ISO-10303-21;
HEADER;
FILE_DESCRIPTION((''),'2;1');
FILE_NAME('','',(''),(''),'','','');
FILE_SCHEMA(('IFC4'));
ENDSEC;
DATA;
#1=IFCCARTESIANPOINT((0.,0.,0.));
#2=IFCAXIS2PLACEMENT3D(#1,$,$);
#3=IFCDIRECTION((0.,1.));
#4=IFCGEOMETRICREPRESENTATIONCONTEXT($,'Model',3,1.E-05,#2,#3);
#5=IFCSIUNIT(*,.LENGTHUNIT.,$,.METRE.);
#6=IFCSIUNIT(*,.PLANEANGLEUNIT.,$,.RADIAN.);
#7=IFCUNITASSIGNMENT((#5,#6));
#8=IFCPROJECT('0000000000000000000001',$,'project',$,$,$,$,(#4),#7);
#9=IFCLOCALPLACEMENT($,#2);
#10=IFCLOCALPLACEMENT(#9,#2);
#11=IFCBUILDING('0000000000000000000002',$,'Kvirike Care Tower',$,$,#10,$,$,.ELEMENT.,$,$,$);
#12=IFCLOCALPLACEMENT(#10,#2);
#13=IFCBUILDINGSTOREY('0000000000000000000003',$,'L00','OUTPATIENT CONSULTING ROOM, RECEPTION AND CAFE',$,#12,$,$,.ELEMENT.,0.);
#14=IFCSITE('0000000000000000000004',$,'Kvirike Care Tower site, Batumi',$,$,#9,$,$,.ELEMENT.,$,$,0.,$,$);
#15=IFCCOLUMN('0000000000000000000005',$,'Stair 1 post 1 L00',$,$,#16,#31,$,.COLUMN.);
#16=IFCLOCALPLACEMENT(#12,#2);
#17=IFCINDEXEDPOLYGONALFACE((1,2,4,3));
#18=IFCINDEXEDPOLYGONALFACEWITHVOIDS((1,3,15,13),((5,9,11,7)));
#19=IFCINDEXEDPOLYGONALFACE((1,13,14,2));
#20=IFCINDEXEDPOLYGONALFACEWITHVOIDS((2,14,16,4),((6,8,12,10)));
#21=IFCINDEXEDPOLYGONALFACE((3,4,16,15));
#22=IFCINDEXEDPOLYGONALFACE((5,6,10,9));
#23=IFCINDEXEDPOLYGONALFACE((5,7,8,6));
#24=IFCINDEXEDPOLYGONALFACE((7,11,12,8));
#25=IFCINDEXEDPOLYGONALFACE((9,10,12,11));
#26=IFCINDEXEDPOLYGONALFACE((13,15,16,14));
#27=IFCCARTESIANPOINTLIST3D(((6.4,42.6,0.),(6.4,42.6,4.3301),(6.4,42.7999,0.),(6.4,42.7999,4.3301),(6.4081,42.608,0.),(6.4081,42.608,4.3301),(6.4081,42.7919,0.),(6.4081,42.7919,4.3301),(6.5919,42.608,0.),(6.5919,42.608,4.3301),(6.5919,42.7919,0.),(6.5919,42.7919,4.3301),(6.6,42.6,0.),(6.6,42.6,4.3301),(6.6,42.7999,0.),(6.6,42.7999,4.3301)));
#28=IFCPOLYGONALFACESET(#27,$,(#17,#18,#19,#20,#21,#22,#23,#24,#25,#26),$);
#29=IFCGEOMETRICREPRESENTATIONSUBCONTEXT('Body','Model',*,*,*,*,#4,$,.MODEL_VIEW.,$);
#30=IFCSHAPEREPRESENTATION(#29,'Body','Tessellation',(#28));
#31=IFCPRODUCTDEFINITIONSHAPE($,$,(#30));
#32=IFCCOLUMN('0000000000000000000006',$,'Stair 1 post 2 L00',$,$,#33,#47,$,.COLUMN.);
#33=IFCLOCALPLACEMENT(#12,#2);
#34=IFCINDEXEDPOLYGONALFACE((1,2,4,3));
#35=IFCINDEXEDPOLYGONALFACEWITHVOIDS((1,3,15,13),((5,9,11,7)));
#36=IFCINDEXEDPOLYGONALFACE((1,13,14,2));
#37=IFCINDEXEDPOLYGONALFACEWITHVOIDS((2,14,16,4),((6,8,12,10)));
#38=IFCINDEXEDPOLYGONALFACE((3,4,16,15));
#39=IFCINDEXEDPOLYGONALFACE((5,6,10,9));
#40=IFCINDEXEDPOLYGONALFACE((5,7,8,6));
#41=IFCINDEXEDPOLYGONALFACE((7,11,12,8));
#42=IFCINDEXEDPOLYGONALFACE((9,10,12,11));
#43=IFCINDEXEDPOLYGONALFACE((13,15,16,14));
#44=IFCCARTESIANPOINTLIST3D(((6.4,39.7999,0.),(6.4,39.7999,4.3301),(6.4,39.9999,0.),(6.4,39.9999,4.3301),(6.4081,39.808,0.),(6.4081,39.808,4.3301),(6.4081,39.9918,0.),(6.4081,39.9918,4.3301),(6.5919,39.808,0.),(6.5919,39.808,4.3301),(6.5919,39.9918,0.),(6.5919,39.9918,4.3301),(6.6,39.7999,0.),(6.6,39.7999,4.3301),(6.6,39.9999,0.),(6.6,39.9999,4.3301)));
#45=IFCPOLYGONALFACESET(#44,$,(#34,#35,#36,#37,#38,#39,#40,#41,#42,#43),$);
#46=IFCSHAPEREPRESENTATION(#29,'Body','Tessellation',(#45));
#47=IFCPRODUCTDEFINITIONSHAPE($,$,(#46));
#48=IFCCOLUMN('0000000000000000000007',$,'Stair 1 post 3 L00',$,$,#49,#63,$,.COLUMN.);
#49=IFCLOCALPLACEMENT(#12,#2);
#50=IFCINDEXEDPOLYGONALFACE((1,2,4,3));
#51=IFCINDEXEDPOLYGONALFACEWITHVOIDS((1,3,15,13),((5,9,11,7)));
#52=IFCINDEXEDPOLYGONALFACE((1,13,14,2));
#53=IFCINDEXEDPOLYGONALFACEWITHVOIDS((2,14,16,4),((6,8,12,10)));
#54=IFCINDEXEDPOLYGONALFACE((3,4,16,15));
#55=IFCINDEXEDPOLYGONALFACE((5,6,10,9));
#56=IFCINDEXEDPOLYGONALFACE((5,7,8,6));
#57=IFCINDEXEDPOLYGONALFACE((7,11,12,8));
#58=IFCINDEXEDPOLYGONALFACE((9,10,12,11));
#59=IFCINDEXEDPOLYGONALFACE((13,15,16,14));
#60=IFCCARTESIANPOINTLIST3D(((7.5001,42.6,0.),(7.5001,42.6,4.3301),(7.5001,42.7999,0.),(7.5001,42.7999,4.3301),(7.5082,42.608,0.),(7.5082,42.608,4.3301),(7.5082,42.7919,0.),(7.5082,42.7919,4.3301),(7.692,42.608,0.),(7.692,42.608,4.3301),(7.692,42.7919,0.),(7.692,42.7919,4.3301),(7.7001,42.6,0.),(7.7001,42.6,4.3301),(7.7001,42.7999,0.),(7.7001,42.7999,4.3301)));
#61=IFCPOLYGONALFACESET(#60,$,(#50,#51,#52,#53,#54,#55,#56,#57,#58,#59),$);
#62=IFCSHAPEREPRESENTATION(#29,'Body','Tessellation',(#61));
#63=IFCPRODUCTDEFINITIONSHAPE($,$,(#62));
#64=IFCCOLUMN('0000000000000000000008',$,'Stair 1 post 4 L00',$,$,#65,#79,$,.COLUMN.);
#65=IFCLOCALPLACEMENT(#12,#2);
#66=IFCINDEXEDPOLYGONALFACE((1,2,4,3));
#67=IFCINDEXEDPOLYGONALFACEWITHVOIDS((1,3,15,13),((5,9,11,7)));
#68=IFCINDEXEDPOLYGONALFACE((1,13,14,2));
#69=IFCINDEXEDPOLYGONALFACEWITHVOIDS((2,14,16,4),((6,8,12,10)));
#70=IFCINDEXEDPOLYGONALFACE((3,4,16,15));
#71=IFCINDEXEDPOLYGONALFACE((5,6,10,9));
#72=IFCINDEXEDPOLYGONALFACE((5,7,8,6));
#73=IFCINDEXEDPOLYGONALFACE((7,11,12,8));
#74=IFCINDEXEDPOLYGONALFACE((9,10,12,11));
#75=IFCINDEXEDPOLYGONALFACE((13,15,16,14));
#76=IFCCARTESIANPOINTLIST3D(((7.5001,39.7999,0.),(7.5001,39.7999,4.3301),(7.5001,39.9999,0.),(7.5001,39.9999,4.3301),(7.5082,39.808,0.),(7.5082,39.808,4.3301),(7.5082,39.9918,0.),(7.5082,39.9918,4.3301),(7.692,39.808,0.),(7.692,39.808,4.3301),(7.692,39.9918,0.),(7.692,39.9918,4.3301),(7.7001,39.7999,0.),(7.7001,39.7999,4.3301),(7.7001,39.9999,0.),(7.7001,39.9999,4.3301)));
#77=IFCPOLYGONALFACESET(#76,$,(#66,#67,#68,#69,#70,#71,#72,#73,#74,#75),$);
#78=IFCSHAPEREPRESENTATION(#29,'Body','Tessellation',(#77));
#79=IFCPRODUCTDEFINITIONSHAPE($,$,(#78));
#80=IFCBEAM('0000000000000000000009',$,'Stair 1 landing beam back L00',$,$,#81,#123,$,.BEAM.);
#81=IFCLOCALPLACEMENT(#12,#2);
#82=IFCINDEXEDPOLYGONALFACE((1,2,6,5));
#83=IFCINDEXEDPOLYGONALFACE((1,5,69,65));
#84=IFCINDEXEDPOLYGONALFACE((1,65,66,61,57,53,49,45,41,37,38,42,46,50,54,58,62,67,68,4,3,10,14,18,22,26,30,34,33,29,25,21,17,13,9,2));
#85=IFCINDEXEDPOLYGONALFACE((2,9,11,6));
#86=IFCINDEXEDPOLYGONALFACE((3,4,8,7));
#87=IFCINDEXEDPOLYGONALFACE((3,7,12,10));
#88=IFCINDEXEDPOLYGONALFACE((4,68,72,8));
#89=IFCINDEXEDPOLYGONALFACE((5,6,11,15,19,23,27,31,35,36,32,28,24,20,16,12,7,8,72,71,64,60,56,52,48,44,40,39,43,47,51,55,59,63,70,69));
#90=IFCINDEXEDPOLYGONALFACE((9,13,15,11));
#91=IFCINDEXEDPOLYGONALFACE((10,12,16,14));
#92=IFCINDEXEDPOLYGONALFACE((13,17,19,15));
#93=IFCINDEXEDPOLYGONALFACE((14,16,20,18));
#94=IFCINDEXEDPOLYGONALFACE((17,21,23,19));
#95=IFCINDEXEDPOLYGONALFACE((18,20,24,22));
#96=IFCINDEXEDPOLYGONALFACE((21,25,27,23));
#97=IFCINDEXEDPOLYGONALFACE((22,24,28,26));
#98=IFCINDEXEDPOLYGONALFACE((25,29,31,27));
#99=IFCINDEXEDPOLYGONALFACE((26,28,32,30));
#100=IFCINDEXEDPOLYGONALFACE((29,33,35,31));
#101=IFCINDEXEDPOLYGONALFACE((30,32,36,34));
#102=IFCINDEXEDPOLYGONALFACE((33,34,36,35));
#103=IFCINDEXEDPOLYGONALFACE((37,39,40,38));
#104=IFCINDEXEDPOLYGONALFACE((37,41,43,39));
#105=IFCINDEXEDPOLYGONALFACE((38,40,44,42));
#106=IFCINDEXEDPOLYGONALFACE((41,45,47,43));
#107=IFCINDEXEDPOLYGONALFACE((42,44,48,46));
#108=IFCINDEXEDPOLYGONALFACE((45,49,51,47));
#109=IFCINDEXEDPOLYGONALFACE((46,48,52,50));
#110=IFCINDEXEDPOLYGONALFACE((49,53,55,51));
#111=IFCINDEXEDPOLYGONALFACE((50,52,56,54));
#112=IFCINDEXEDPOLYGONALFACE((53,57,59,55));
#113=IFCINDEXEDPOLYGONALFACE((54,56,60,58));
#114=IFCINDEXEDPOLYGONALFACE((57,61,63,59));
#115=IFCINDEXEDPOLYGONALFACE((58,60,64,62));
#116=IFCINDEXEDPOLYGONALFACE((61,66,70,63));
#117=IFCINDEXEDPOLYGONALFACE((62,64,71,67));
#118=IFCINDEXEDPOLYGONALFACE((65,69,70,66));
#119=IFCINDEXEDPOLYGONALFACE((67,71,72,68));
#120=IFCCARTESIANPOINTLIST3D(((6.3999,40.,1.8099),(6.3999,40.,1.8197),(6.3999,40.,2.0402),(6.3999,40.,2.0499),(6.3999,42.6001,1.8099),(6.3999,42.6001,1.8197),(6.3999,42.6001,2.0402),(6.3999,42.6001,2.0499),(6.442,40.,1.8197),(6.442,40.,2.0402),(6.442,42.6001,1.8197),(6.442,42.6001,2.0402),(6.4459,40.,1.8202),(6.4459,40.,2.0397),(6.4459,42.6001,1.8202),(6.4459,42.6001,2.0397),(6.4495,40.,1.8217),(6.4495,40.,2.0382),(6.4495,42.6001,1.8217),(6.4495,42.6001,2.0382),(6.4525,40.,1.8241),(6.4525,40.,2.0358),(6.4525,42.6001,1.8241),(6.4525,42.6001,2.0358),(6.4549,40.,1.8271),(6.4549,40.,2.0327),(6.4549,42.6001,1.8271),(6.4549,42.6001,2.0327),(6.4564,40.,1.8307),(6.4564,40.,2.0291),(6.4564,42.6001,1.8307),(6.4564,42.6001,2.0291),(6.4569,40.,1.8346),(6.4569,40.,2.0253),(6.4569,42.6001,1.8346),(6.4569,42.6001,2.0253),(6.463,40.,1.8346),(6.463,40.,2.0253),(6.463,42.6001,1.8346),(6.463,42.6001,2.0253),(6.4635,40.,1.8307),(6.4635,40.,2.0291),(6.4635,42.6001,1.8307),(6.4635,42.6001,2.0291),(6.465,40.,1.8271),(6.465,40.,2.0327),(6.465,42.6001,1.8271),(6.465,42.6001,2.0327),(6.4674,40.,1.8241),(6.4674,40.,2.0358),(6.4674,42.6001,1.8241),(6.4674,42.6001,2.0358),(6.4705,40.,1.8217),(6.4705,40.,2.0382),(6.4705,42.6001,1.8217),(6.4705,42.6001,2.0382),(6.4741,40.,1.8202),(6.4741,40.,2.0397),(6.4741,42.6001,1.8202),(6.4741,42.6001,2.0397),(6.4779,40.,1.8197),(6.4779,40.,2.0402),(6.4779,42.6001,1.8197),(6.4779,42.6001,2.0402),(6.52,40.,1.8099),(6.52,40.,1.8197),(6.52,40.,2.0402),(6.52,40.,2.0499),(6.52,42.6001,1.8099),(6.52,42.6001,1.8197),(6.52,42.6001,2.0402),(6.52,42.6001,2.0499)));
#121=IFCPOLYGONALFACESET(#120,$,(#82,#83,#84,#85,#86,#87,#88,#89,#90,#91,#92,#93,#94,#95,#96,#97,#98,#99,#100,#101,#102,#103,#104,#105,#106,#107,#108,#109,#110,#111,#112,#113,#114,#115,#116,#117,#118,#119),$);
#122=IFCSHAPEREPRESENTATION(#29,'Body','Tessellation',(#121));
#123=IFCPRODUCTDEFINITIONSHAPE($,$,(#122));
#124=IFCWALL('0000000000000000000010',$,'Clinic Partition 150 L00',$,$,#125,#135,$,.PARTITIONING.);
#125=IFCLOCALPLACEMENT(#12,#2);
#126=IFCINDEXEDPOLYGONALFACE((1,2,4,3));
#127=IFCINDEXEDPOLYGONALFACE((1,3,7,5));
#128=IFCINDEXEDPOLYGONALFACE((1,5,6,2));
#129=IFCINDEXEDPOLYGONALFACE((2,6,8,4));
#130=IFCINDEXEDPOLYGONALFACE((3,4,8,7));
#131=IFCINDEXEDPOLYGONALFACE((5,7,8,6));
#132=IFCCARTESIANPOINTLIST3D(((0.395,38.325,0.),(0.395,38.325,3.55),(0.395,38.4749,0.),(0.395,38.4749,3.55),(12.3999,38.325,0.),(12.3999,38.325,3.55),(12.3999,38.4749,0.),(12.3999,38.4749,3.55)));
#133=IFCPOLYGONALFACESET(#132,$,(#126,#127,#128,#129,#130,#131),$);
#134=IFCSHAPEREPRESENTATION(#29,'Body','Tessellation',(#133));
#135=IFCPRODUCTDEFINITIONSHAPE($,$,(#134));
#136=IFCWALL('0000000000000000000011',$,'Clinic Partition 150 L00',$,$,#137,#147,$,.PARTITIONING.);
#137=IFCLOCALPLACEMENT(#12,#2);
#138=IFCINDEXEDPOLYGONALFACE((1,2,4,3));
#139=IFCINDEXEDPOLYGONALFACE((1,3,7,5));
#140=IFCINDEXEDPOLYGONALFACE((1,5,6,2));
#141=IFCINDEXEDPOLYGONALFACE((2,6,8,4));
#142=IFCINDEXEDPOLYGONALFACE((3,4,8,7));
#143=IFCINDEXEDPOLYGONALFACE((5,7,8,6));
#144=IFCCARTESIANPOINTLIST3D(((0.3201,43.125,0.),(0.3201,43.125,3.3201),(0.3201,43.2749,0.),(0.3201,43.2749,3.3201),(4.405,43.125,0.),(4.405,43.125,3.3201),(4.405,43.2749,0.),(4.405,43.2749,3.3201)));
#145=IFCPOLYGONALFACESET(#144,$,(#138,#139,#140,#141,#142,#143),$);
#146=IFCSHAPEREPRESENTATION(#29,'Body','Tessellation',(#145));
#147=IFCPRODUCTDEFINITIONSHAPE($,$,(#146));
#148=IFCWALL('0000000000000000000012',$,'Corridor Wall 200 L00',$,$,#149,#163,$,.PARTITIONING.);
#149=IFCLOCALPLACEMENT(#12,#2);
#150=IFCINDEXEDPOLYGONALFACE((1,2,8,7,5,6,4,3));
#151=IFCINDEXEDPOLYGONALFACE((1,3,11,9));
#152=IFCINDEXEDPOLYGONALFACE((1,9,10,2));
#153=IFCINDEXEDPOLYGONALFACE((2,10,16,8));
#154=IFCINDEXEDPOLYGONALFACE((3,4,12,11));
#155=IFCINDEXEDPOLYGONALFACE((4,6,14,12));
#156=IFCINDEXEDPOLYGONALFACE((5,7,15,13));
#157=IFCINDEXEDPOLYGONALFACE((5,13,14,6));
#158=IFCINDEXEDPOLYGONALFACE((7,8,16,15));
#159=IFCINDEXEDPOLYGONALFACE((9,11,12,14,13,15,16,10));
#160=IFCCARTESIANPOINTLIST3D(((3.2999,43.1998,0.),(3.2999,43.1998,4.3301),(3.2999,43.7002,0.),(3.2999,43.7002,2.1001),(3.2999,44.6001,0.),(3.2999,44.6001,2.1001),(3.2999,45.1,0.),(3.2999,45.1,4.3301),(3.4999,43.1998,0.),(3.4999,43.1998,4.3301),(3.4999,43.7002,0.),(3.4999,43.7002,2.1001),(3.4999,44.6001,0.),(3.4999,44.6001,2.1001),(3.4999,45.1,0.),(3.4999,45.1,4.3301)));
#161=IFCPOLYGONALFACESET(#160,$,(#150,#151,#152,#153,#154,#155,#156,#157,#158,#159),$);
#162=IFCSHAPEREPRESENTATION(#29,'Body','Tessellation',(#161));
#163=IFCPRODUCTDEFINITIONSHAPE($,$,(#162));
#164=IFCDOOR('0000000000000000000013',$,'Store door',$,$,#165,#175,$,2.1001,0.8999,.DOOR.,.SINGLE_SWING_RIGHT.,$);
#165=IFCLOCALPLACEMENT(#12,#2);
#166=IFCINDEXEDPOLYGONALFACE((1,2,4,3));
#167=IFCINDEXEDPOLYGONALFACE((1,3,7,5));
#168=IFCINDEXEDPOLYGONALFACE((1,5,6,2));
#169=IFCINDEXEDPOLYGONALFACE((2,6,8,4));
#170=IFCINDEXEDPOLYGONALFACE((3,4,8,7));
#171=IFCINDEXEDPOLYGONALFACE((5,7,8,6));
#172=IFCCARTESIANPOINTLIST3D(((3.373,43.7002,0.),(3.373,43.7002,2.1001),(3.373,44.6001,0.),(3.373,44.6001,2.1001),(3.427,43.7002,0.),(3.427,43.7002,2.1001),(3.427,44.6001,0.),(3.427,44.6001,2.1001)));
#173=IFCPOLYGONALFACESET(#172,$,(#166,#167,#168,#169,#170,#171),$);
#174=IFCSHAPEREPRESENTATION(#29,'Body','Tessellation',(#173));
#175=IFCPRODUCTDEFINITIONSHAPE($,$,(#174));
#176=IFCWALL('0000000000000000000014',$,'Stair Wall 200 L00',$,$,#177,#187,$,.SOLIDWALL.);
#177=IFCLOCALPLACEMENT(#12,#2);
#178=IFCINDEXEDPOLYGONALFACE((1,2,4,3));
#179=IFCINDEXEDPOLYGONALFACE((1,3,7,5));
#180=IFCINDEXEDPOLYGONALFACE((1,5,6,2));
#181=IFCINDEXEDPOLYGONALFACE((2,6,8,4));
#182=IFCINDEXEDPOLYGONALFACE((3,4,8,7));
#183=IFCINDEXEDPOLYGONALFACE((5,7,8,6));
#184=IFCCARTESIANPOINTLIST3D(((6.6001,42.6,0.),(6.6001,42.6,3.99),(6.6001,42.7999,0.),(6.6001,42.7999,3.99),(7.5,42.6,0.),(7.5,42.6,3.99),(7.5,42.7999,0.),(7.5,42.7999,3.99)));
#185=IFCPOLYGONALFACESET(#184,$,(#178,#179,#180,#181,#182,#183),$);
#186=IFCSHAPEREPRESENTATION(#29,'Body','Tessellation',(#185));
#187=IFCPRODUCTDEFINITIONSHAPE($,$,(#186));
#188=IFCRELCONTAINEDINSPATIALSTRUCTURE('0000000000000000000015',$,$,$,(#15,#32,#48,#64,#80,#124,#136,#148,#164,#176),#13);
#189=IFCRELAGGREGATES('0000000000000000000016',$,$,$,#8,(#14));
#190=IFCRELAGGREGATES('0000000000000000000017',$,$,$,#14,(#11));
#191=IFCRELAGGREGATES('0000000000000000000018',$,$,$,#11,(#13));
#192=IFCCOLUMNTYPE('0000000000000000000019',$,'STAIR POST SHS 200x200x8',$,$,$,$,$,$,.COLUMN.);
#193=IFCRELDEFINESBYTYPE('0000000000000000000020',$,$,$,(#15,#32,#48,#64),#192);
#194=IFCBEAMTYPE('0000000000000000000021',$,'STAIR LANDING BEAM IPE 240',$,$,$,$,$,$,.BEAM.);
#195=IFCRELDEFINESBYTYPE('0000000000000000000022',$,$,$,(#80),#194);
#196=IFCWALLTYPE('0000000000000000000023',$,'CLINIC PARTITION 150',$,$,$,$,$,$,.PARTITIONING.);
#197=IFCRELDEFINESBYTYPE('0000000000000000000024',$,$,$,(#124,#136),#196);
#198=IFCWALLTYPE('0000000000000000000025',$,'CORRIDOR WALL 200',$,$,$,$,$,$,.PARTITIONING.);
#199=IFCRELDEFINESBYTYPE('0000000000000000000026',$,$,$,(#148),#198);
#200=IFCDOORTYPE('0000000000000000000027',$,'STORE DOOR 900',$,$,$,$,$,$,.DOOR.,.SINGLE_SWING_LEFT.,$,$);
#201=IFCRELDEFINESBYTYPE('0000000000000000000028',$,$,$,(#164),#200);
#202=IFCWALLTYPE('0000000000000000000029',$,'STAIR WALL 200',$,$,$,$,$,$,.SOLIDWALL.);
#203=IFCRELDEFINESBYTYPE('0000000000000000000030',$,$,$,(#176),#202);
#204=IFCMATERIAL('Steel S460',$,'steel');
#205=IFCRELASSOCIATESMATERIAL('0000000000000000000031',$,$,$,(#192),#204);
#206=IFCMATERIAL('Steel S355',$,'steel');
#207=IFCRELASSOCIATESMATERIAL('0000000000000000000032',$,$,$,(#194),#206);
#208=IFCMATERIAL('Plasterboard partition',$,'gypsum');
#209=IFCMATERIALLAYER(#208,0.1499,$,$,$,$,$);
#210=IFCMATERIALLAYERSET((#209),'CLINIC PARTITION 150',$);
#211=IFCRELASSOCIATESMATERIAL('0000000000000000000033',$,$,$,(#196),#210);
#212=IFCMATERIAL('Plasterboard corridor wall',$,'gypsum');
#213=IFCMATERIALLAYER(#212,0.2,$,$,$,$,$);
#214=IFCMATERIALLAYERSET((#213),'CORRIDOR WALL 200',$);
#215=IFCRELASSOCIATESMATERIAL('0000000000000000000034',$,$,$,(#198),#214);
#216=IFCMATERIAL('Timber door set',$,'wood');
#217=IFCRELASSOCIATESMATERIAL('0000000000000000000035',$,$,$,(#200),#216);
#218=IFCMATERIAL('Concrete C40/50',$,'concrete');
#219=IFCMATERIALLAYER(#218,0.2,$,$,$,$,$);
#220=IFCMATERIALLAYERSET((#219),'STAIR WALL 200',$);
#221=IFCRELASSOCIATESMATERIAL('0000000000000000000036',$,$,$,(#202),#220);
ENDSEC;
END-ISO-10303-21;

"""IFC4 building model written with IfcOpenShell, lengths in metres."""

from ifc_helpers import new_model, si_unit, direction, frame, frame_2d, origin, origin_2d, place, context, subcontext, project, spatial, rectangle, hollow_rectangle, i_section, extrude, material, layer, layer_set, material_profile, profile_set, type_object, element, fill, save


model = new_model("IFC4")

# Units and contexts
model_context = context("Model", 3, precision=1e-05, world=origin(), true_north=direction((0.0, 1.0)))
body_context = subcontext(model_context, "Body", "Model", "MODEL_VIEW")
ifc_project = project(units=[si_unit("LENGTHUNIT", "METRE"), si_unit("PLANEANGLEUNIT", "RADIAN")], contexts=[model_context])

# Site, building, storey
site_placement = place(None, origin())
site = spatial("IfcSite", under=ifc_project, at=site_placement, Name="Kvirike Care Tower site, Batumi", CompositionType="ELEMENT", RefElevation=0.0)
building_placement = place(site_placement, origin())
building = spatial("IfcBuilding", under=site, at=building_placement, Name="Kvirike Care Tower", CompositionType="ELEMENT")
storey_placement = place(building_placement, origin())
storey = spatial("IfcBuildingStorey", under=building, at=storey_placement, Name="L00", Description="OUTPATIENT CONSULTING ROOM, RECEPTION AND CAFE", CompositionType="ELEMENT", Elevation=0.0)

# Columns
ifc_material_1 = material(Name="Steel S460", Category="steel")
ifc_material_profile_1 = material_profile(ifc_material_1, hollow_rectangle(XDim=0.2, YDim=0.2, WallThickness=0.0081, at=origin_2d()), Name="SHS 200x200x8")
ifc_profile_set_1 = profile_set([ifc_material_profile_1], Name="Steel S460")
column_type_1 = type_object("IfcColumnType", Name="STAIR POST SHS 200x200x8", PredefinedType="COLUMN", material=ifc_profile_set_1)
for number, where, z_axis, x_axis, name in (
    (1, (6.5, 42.7, 0.0), (0.0, 0.0, 1.0), (1.0, 0.0, 0.0), "Stair 1 post 1 L00"),
    (2, (6.5, 39.8999, 0.0), (0.0, 0.0, 1.0), (1.0, 0.0, 0.0), "Stair 1 post 2 L00"),
    (3, (7.6001, 42.7, 0.0), (0.0, 0.0, 1.0), (1.0, 0.0, 0.0), "Stair 1 post 3 L00"),
    (4, (7.6001, 39.8999, 0.0), (0.0, 0.0, 1.0), (1.0, 0.0, 0.0), "Stair 1 post 4 L00"),
):
    element("IfcColumn", number, at=place(storey_placement, frame(where, z_axis=z_axis, x_axis=x_axis)), inside=storey, type_object=column_type_1, Name=name, PredefinedType="COLUMN", context=body_context, shape_type="SweptSolid", body=[
        extrude(hollow_rectangle(XDim=0.2, YDim=0.2, WallThickness=0.0081, at=origin_2d()), origin(), (0.0, 0.0, 1.0), 4.3301),
    ])

# Beam
ifc_material_2 = material(Name="Steel S355", Category="steel")
ifc_material_profile_2 = material_profile(ifc_material_2, i_section(OverallWidth=0.1201, OverallDepth=0.24, WebThickness=0.0061, FlangeThickness=0.0098, FilletRadius=0.0149, at=origin_2d()), Name="IPE 240")
ifc_profile_set_2 = profile_set([ifc_material_profile_2], Name="Steel S355")
beam_type = type_object("IfcBeamType", Name="STAIR LANDING BEAM IPE 240", PredefinedType="BEAM", material=ifc_profile_set_2)
beam_placement = place(storey_placement, frame((6.46, 42.6001, 1.9299), z_axis=(0.0, -1.0, 0.0), x_axis=(1.0, 0.0, 0.0)))
element("IfcBeam", 5, at=beam_placement, inside=storey, type_object=beam_type, Name="Stair 1 landing beam back L00", PredefinedType="BEAM", context=body_context, shape_type="SweptSolid", body=[
    extrude(i_section(OverallWidth=0.1201, OverallDepth=0.24, WebThickness=0.0061, FlangeThickness=0.0098, FilletRadius=0.0149, at=origin_2d()), origin(), (0.0, 0.0, 1.0), 2.6001),
])

# Walls
ifc_material_3 = material(Name="Plasterboard partition", Category="gypsum")
ifc_layer_1 = layer(ifc_material_3, 0.1499)
ifc_layer_set_1 = layer_set([ifc_layer_1], Name="CLINIC PARTITION 150")
wall_type_1 = type_object("IfcWallType", Name="CLINIC PARTITION 150", PredefinedType="PARTITIONING", material=ifc_layer_set_1)
wall_1_placement = place(storey_placement, frame((0.395, 38.3999, 0.0), z_axis=(0.0, 0.0, 1.0), x_axis=(1.0, 0.0, 0.0)))
element("IfcWall", 6, at=wall_1_placement, inside=storey, type_object=wall_type_1, Name="Clinic Partition 150 L00", PredefinedType="PARTITIONING", context=body_context, shape_type="SweptSolid", body=[
    extrude(rectangle(XDim=12.0049, YDim=0.1499, at=frame_2d((6.0024, 0.0))), origin(), (0.0, 0.0, 1.0), 3.55),
])
wall_2_placement = place(storey_placement, frame((4.405, 43.2, 0.0), z_axis=(0.0, 0.0, 1.0), x_axis=(-1.0, 0.0, 0.0)))
element("IfcWall", 7, at=wall_2_placement, inside=storey, type_object=wall_type_1, Name="Clinic Partition 150 L00", PredefinedType="PARTITIONING", context=body_context, shape_type="SweptSolid", body=[
    extrude(rectangle(XDim=4.085, YDim=0.1499, at=frame_2d((2.0425, 0.0))), origin(), (0.0, 0.0, 1.0), 3.3201),
])

# Wall, opening, door
ifc_material_4 = material(Name="Plasterboard corridor wall", Category="gypsum")
ifc_layer_2 = layer(ifc_material_4, 0.2)
ifc_layer_set_2 = layer_set([ifc_layer_2], Name="CORRIDOR WALL 200")
wall_type_2 = type_object("IfcWallType", Name="CORRIDOR WALL 200", PredefinedType="PARTITIONING", material=ifc_layer_set_2)
wall_3_placement = place(storey_placement, frame((3.3999, 45.1001, 0.0), z_axis=(0.0, 0.0, 1.0), x_axis=(0.0, -1.0, 0.0)))
wall_3 = element("IfcWall", 8, at=wall_3_placement, inside=storey, type_object=wall_type_2, Name="Corridor Wall 200 L00", PredefinedType="PARTITIONING", context=body_context, shape_type="SweptSolid", body=[
    extrude(rectangle(XDim=1.9001, YDim=0.2, at=frame_2d((0.9502, 0.0))), origin(), (0.0, 0.0, 1.0), 4.3301),
])
opening_placement = place(wall_3_placement, frame((0.5, 0.0, 0.0)))
opening = element("IfcOpeningElement", 9, at=opening_placement, cuts=wall_3, PredefinedType="OPENING", context=body_context, shape_type="SweptSolid", body=[
    extrude(rectangle(XDim=0.8999, YDim=2.1001, at=frame_2d((0.45, 1.05))), frame((0.0, 0.1106, 0.0), z_axis=(0.0, -1.0, 0.0), x_axis=(1.0, 0.0, 0.0)), (0.0, 0.0, 1.0), 0.2209),
])
ifc_material_5 = material(Name="Timber door set", Category="wood")
door_type = type_object("IfcDoorType", Name="STORE DOOR 900", OperationType="SINGLE_SWING_LEFT", PredefinedType="DOOR", material=ifc_material_5)
door_placement = place(opening_placement, frame((0.8999, 0.0, 0.0), z_axis=(0.0, 0.0, 1.0), x_axis=(-1.0, 0.0, 0.0)))
door = element("IfcDoor", 10, at=door_placement, inside=storey, type_object=door_type, Name="Store door", OperationType="SINGLE_SWING_RIGHT", OverallHeight=2.1001, OverallWidth=0.8999, PredefinedType="DOOR", context=body_context, shape_type="SweptSolid", body=[
    extrude(rectangle(XDim=0.8999, YDim=2.1001, at=frame_2d((0.45, 1.05))), frame((0.0, 0.0269, 0.0), z_axis=(0.0, -1.0, 0.0), x_axis=(1.0, 0.0, 0.0)), (0.0, 0.0, 1.0), 0.054),
])
fill(opening, door)

# Wall
ifc_material_6 = material(Name="Concrete C40/50", Category="concrete")
ifc_layer_3 = layer(ifc_material_6, 0.2)
ifc_layer_set_3 = layer_set([ifc_layer_3], Name="STAIR WALL 200")
wall_type_3 = type_object("IfcWallType", Name="STAIR WALL 200", PredefinedType="SOLIDWALL", material=ifc_layer_set_3)
for number, where, z_axis, x_axis, name in (
    (11, (6.6001, 42.7, 0.0), (0.0, 0.0, 1.0), (1.0, 0.0, 0.0), "Stair Wall 200 L00"),
):
    element("IfcWall", number, at=place(storey_placement, frame(where, z_axis=z_axis, x_axis=x_axis)), inside=storey, type_object=wall_type_3, Name=name, PredefinedType="SOLIDWALL", context=body_context, shape_type="SweptSolid", body=[
        extrude(rectangle(XDim=0.8999, YDim=0.2, at=frame_2d((0.45, 0.0))), origin(), (0.0, 0.0, 1.0), 3.99),
    ])

save(model, "model.ifc")
